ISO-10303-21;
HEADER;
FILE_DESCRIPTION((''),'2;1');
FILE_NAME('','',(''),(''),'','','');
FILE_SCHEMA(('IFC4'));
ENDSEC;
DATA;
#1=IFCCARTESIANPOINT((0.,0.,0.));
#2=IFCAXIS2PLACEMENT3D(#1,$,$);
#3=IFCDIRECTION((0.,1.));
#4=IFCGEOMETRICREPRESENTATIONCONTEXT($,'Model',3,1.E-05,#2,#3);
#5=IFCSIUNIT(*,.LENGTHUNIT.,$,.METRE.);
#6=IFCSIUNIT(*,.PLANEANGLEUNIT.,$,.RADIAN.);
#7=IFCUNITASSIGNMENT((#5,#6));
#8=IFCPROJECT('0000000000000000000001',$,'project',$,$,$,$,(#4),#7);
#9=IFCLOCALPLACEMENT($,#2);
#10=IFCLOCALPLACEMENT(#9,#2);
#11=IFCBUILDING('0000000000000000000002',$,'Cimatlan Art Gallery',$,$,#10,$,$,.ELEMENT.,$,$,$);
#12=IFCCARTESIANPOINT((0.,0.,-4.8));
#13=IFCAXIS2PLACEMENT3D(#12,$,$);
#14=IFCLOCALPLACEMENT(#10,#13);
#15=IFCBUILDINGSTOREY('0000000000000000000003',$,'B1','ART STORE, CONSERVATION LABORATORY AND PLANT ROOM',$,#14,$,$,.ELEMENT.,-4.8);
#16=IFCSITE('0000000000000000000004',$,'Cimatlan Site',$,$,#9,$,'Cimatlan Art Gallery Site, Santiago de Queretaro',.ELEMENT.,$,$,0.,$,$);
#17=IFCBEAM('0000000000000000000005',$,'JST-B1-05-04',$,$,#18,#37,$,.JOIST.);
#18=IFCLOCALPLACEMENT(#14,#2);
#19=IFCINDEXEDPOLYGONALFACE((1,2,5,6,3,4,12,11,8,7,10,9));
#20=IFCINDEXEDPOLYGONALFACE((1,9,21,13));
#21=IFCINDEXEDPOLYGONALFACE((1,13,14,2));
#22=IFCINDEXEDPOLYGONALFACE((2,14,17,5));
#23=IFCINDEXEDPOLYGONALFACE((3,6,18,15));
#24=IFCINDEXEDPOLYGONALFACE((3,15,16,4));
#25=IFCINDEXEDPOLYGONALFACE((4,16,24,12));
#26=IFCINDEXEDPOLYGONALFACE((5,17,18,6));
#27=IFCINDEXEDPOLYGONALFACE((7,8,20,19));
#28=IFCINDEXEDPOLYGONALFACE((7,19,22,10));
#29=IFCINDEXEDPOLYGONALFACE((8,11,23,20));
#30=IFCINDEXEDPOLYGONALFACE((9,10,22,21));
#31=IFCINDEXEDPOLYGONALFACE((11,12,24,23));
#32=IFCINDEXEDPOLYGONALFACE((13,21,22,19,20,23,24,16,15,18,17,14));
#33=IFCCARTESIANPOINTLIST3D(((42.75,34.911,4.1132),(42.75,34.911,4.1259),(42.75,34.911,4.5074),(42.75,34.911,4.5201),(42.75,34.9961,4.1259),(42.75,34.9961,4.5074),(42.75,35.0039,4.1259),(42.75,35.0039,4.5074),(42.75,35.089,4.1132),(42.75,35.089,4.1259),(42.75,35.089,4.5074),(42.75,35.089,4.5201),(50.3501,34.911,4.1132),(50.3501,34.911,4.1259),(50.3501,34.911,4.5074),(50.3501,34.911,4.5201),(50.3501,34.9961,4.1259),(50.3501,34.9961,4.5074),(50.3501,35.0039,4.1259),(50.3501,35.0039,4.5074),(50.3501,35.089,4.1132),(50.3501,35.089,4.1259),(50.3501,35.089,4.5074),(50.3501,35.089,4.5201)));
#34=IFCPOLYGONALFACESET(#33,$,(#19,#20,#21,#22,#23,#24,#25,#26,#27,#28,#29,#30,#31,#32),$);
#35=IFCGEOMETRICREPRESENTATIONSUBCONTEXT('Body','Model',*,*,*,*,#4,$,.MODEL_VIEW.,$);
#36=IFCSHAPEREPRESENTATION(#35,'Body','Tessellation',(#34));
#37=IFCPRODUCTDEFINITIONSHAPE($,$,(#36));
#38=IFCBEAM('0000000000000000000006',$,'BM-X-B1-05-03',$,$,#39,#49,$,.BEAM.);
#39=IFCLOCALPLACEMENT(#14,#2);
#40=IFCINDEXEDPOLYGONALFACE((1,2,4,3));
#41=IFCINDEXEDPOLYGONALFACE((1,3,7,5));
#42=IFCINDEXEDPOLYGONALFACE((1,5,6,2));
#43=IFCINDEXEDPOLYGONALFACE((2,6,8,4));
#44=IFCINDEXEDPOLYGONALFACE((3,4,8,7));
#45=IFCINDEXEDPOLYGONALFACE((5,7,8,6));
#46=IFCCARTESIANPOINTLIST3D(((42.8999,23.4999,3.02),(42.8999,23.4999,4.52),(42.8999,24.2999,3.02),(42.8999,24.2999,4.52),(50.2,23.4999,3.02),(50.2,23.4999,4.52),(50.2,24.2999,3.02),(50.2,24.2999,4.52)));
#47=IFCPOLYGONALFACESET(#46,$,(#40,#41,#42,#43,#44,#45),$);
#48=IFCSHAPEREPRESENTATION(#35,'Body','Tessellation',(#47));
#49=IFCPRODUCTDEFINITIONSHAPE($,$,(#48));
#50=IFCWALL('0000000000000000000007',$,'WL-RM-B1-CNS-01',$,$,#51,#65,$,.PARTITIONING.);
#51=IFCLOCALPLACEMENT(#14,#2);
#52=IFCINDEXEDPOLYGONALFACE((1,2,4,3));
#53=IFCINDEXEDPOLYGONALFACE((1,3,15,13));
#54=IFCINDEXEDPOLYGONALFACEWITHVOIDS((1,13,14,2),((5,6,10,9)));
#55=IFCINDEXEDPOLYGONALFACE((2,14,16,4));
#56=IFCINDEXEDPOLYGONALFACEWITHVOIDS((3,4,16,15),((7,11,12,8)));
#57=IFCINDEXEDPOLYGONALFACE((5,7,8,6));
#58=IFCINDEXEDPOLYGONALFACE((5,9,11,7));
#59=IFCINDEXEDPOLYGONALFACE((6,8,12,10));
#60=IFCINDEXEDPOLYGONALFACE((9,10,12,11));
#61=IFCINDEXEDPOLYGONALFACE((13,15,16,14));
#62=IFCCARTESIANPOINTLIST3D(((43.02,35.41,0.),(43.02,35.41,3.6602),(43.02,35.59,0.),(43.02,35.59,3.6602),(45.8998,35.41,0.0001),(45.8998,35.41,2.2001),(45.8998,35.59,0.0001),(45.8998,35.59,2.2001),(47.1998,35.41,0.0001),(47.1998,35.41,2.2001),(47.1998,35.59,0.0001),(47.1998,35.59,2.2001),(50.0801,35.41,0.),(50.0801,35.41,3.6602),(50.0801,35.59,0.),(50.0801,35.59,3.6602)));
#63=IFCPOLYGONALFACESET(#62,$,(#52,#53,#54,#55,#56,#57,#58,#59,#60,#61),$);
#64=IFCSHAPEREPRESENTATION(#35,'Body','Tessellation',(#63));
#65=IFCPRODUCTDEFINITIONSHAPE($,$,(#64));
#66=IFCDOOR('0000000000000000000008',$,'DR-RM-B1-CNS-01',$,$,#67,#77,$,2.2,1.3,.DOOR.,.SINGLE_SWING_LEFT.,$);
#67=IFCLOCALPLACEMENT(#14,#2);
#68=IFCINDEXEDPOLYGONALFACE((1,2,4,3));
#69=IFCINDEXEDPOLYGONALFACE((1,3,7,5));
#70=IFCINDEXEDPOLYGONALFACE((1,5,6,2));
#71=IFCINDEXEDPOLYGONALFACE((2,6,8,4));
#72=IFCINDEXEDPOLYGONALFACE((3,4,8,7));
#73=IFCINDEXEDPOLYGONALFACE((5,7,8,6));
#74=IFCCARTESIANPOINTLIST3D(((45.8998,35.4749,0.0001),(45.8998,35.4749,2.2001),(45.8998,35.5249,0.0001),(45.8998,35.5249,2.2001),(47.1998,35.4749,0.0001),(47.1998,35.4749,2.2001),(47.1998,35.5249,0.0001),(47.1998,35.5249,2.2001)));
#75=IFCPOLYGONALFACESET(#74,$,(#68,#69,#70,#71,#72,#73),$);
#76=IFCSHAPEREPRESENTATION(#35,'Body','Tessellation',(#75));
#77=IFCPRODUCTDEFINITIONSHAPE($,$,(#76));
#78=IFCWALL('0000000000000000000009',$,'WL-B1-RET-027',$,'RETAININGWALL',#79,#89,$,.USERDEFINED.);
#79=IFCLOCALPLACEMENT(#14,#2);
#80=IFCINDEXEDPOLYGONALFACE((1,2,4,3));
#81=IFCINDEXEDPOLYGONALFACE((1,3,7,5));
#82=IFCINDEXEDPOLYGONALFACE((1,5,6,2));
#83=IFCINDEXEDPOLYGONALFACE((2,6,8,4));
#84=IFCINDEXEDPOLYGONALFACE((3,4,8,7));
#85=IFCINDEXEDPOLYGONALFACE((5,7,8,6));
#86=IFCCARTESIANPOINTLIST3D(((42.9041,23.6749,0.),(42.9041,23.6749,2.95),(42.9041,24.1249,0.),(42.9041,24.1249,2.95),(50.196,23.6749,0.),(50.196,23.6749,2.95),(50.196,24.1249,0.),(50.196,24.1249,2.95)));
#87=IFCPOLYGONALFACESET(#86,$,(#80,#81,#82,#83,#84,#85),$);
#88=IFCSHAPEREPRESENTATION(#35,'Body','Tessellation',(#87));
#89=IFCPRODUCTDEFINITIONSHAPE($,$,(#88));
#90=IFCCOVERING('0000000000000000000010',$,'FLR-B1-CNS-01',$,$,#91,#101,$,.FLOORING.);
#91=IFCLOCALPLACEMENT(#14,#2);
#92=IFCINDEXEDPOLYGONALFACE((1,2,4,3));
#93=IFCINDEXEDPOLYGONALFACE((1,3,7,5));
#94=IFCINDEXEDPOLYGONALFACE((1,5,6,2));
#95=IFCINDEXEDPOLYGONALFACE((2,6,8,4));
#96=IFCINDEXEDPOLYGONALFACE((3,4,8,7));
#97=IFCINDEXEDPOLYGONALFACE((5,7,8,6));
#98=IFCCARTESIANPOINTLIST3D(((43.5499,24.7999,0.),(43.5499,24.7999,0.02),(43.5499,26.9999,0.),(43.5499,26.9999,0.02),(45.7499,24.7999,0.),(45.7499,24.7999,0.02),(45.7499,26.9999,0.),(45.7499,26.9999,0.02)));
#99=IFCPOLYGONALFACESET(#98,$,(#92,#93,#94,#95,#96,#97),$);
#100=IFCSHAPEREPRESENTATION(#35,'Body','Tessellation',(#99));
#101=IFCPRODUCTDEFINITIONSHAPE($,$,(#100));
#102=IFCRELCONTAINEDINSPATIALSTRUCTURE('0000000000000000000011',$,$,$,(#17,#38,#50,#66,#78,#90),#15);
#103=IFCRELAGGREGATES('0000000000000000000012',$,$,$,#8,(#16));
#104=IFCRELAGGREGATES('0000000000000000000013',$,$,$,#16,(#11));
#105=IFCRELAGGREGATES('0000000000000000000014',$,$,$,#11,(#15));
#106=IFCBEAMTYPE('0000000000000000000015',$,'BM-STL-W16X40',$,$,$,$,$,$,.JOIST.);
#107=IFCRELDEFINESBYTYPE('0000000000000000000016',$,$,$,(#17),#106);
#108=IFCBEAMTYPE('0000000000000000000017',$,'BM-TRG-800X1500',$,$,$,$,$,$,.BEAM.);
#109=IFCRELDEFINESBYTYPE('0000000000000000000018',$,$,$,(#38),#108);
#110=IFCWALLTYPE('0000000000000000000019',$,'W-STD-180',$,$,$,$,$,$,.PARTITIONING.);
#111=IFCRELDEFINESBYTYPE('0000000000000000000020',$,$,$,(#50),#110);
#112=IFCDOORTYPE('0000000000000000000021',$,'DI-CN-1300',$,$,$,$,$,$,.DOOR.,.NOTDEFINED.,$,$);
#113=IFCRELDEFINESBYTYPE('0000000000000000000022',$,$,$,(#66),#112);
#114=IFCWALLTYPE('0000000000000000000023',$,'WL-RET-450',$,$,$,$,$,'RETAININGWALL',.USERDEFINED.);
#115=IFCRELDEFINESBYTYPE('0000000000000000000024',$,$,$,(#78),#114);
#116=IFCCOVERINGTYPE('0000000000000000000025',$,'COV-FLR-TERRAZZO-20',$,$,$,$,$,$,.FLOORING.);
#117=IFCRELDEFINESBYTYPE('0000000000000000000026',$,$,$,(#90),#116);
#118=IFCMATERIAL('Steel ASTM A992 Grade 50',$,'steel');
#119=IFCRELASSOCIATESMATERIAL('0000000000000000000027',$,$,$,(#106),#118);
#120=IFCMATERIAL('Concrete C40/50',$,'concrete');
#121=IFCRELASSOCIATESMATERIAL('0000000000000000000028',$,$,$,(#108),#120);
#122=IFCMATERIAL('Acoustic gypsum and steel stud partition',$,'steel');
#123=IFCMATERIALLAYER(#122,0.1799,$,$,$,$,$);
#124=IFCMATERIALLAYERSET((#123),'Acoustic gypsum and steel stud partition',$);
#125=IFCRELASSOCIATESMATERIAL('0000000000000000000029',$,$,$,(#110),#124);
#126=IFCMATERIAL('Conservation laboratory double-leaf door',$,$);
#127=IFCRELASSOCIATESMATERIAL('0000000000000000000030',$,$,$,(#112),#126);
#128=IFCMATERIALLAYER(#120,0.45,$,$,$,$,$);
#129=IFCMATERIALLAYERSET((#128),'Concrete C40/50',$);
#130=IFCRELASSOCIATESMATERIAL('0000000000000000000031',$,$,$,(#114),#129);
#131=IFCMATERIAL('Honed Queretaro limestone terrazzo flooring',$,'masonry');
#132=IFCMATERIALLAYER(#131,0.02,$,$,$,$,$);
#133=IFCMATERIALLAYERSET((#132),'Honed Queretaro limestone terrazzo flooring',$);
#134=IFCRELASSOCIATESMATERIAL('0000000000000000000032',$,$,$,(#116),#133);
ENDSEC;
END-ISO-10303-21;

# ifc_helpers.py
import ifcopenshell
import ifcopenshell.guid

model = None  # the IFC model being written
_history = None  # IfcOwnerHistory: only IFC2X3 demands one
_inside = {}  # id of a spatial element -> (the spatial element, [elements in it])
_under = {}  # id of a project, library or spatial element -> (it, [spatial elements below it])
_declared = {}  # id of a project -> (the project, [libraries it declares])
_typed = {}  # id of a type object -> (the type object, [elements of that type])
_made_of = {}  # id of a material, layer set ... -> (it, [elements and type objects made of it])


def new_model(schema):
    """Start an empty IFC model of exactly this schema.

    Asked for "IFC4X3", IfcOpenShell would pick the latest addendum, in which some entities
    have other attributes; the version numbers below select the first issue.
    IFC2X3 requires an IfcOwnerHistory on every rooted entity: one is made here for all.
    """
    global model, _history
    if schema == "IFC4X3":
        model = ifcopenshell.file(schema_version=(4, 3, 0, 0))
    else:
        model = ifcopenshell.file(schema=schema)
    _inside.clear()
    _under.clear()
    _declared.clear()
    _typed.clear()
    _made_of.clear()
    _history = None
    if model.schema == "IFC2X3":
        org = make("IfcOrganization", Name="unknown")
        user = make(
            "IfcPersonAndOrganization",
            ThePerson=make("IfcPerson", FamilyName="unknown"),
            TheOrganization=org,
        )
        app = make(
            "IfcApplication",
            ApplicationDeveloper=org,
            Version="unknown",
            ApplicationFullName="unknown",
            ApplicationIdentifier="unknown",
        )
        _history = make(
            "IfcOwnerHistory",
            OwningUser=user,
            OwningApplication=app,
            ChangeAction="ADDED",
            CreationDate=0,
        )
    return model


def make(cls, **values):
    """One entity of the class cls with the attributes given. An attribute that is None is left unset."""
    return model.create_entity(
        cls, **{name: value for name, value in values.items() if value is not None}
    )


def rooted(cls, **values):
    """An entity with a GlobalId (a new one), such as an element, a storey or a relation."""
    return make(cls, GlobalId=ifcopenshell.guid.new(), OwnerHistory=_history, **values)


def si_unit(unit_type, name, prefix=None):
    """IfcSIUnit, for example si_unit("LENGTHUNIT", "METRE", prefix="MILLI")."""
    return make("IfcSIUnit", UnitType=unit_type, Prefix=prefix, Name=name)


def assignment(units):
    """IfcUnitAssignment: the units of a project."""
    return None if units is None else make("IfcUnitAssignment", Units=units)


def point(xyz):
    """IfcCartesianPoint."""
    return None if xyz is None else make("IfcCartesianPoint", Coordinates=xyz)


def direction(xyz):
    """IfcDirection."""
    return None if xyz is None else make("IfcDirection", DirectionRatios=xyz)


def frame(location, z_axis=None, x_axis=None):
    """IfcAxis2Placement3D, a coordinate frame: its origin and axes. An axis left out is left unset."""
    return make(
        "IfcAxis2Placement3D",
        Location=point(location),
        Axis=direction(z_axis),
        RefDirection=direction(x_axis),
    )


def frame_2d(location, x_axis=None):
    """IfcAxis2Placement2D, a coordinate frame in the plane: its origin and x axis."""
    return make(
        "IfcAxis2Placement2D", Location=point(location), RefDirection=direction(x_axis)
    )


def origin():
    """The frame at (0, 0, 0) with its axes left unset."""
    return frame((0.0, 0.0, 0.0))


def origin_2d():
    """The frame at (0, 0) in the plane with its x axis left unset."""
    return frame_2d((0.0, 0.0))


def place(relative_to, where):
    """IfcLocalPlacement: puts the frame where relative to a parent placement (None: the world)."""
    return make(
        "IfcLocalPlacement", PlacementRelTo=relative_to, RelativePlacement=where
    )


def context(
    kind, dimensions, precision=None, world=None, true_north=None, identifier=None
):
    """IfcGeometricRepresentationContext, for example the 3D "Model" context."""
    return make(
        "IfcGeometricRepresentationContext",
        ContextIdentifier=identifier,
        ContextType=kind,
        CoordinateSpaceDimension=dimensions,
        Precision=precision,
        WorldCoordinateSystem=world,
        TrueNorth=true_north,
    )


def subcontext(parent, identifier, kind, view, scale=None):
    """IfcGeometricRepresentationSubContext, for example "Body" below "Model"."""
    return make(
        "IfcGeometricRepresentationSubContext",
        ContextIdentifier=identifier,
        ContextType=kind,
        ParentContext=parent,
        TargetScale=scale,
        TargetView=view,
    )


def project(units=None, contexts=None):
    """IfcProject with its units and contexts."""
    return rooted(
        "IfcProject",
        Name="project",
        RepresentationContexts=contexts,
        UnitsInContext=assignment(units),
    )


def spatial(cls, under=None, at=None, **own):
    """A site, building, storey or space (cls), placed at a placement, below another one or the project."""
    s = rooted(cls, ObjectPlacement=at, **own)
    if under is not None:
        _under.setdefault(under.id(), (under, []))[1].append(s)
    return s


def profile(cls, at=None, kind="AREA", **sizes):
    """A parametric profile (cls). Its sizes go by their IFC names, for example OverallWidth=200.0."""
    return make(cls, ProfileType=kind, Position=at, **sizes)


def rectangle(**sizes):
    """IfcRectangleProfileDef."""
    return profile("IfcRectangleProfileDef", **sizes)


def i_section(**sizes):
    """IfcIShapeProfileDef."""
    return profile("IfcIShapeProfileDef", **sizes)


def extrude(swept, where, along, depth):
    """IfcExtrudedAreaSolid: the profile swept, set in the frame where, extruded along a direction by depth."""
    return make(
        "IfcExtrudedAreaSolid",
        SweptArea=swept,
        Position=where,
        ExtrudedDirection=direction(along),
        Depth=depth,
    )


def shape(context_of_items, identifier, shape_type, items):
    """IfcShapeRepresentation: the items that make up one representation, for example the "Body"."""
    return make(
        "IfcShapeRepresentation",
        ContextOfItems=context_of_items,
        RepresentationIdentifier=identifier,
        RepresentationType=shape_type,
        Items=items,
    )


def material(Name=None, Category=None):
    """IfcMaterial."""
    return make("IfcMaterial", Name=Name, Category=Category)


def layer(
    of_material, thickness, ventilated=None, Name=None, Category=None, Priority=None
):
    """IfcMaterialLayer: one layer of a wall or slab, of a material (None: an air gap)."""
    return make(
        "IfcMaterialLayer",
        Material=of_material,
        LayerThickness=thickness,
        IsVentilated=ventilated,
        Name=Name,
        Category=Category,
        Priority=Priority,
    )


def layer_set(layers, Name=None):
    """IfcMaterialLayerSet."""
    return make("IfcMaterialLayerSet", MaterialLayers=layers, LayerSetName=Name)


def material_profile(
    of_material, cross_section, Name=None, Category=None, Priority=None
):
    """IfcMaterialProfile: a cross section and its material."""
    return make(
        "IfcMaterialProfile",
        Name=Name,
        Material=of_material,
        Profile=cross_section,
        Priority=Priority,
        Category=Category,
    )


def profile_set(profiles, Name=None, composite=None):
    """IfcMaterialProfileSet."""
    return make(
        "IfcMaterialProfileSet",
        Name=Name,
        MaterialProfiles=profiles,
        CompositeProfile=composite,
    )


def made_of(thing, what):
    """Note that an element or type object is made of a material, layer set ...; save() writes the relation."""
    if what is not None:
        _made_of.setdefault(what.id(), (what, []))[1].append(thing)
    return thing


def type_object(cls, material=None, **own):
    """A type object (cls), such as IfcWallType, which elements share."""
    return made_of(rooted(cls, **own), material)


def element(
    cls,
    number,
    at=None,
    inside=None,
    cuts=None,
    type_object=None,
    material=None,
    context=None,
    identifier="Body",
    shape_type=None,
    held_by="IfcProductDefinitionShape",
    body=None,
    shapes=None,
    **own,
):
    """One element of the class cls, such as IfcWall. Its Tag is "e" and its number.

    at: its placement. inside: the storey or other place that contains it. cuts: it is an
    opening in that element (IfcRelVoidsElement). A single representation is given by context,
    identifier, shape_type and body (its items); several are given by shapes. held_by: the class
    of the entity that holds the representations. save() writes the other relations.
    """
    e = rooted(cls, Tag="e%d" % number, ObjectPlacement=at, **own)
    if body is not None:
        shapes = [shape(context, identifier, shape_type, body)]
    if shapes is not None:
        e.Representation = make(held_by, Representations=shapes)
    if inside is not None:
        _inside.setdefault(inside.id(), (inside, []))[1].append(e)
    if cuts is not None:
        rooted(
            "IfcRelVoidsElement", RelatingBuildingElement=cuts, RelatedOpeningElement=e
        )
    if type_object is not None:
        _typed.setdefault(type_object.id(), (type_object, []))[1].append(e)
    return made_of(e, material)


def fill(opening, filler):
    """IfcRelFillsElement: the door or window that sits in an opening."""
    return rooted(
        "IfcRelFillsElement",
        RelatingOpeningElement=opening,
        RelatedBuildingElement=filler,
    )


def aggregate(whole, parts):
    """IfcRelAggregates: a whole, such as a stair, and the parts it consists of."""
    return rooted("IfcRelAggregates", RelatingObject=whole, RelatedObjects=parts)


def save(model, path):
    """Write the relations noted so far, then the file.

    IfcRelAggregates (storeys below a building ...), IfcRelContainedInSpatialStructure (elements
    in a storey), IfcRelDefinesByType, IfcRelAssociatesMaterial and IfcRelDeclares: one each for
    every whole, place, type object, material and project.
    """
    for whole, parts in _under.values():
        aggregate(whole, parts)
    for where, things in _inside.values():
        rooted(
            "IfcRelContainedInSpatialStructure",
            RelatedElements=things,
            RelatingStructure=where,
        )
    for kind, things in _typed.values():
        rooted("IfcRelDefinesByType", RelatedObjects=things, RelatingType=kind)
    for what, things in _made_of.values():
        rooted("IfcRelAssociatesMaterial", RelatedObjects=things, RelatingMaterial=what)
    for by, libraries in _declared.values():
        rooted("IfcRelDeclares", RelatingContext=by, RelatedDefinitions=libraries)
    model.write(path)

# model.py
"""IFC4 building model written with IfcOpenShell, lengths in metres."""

from ifc_helpers import new_model, si_unit, direction, frame, frame_2d, origin, origin_2d, place, context, subcontext, project, spatial, rectangle, i_section, extrude, material, layer, layer_set, material_profile, profile_set, type_object, element, fill, save


model = new_model("IFC4")

# Units and contexts
model_context = context("Model", 3, precision=1e-05, world=origin(), true_north=direction((0.0, 1.0)))
body_context = subcontext(model_context, "Body", "Model", "MODEL_VIEW")
ifc_project = project(units=[si_unit("LENGTHUNIT", "METRE"), si_unit("PLANEANGLEUNIT", "RADIAN")], contexts=[model_context])

# Site, building, storey
site_placement = place(None, origin())
site = spatial("IfcSite", under=ifc_project, at=site_placement, Name="Cimatlan Site", LongName="Cimatlan Art Gallery Site, Santiago de Queretaro", CompositionType="ELEMENT", RefElevation=0.0)
building_placement = place(site_placement, origin())
building = spatial("IfcBuilding", under=site, at=building_placement, Name="Cimatlan Art Gallery", CompositionType="ELEMENT")
storey_placement = place(building_placement, frame((0.0, 0.0, -4.8)))
storey = spatial("IfcBuildingStorey", under=building, at=storey_placement, Name="B1", Description="ART STORE, CONSERVATION LABORATORY AND PLANT ROOM", CompositionType="ELEMENT", Elevation=-4.8)

# Shared definitions
ifc_material_1 = material(Name="Concrete C40/50", Category="concrete")

# Beams
ifc_material_2 = material(Name="Steel ASTM A992 Grade 50", Category="steel")
ifc_material_profile_1 = material_profile(ifc_material_2, i_section(OverallWidth=0.178, OverallDepth=0.407, WebThickness=0.0078, FlangeThickness=0.0127, at=origin_2d()), Name="W16X40")
ifc_profile_set_1 = profile_set([ifc_material_profile_1], Name="Steel ASTM A992 Grade 50")
beam_type_1 = type_object("IfcBeamType", Name="BM-STL-W16X40", PredefinedType="JOIST", material=ifc_profile_set_1)
for number, where, z_axis, x_axis, name in (
    (1, (42.75, 35.0, 4.3167), (1.0, 0.0, 0.0), (0.0, 1.0, 0.0), "JST-B1-05-04"),
):
    element("IfcBeam", number, at=place(storey_placement, frame(where, z_axis=z_axis, x_axis=x_axis)), inside=storey, type_object=beam_type_1, Name=name, PredefinedType="JOIST", context=body_context, shape_type="SweptSolid", body=[
        extrude(i_section(OverallWidth=0.178, OverallDepth=0.407, WebThickness=0.0078, FlangeThickness=0.0127, at=origin_2d()), origin(), (0.0, 0.0, 1.0), 7.6001),
    ])
ifc_material_profile_2 = material_profile(ifc_material_1, rectangle(XDim=0.8, YDim=1.5, at=origin_2d()), Name="RC800X1500")
ifc_profile_set_2 = profile_set([ifc_material_profile_2], Name="Concrete C40/50")
beam_type_2 = type_object("IfcBeamType", Name="BM-TRG-800X1500", PredefinedType="BEAM", material=ifc_profile_set_2)
beam_1_placement = place(storey_placement, frame((42.8999, 23.8999, 3.77), z_axis=(1.0, 0.0, 0.0), x_axis=(0.0, 1.0, 0.0)))
element("IfcBeam", 2, at=beam_1_placement, inside=storey, type_object=beam_type_2, Name="BM-X-B1-05-03", PredefinedType="BEAM", context=body_context, shape_type="SweptSolid", body=[
    extrude(rectangle(XDim=0.8, YDim=1.5, at=origin_2d()), origin(), (0.0, 0.0, 1.0), 7.3),
])

# Wall, opening, door
ifc_material_3 = material(Name="Acoustic gypsum and steel stud partition", Category="steel")
ifc_layer_1 = layer(ifc_material_3, 0.1799)
ifc_layer_set_1 = layer_set([ifc_layer_1], Name="Acoustic gypsum and steel stud partition")
wall_type_1 = type_object("IfcWallType", Name="W-STD-180", PredefinedType="PARTITIONING", material=ifc_layer_set_1)
wall_1_placement = place(storey_placement, frame((43.02, 35.5, 0.0), z_axis=(0.0, 0.0, 1.0), x_axis=(1.0, 0.0, 0.0)))
wall_1 = element("IfcWall", 3, at=wall_1_placement, inside=storey, type_object=wall_type_1, Name="WL-RM-B1-CNS-01", PredefinedType="PARTITIONING", context=body_context, shape_type="SweptSolid", body=[
    extrude(rectangle(XDim=7.0601, YDim=0.1799, at=frame_2d((3.53, 0.0))), origin(), (0.0, 0.0, 1.0), 3.6602),
])
opening_placement = place(wall_1_placement, frame((2.8799, 0.0, 0.0)))
opening = element("IfcOpeningElement", 4, at=opening_placement, cuts=wall_1, PredefinedType="OPENING", context=body_context, shape_type="SweptSolid", body=[
    extrude(rectangle(XDim=1.3, YDim=2.2, at=frame_2d((0.6499, 1.1001))), frame((0.0, 0.1001, 0.0), z_axis=(0.0, -1.0, 0.0), x_axis=(1.0, 0.0, 0.0)), (0.0, 0.0, 1.0), 0.2),
])
ifc_material_4 = material(Name="Conservation laboratory double-leaf door")
door_type = type_object("IfcDoorType", Name="DI-CN-1300", OperationType="NOTDEFINED", PredefinedType="DOOR", material=ifc_material_4)
door_placement = place(opening_placement, origin())
door = element("IfcDoor", 5, at=door_placement, inside=storey, type_object=door_type, Name="DR-RM-B1-CNS-01", OperationType="SINGLE_SWING_LEFT", OverallHeight=2.2, OverallWidth=1.3, PredefinedType="DOOR", context=body_context, shape_type="SweptSolid", body=[
    extrude(rectangle(XDim=1.3, YDim=2.2, at=frame_2d((0.6499, 1.1001))), frame((0.0, 0.0249, 0.0), z_axis=(0.0, -1.0, 0.0), x_axis=(1.0, 0.0, 0.0)), (0.0, 0.0, 1.0), 0.05),
])
fill(opening, door)

# Wall
ifc_layer_2 = layer(ifc_material_1, 0.45)
ifc_layer_set_2 = layer_set([ifc_layer_2], Name="Concrete C40/50")
wall_type_2 = type_object("IfcWallType", Name="WL-RET-450", ElementType="RETAININGWALL", PredefinedType="USERDEFINED", material=ifc_layer_set_2)
wall_2_placement = place(storey_placement, frame((50.196, 23.8999, 0.0), z_axis=(0.0, 0.0, 1.0), x_axis=(-1.0, 0.0, 0.0)))
element("IfcWall", 6, at=wall_2_placement, inside=storey, type_object=wall_type_2, Name="WL-B1-RET-027", ObjectType="RETAININGWALL", PredefinedType="USERDEFINED", context=body_context, shape_type="SweptSolid", body=[
    extrude(rectangle(XDim=7.292, YDim=0.45, at=frame_2d((3.646, 0.0))), origin(), (0.0, 0.0, 1.0), 2.95),
])

# Covering
ifc_material_5 = material(Name="Honed Queretaro limestone terrazzo flooring", Category="masonry")
ifc_layer_3 = layer(ifc_material_5, 0.02)
ifc_layer_set_3 = layer_set([ifc_layer_3], Name="Honed Queretaro limestone terrazzo flooring")
covering_type = type_object("IfcCoveringType", Name="COV-FLR-TERRAZZO-20", PredefinedType="FLOORING", material=ifc_layer_set_3)
covering_placement = place(storey_placement, frame((44.6499, 25.8999, 0.0), z_axis=(0.0, 0.0, 1.0), x_axis=(1.0, 0.0, 0.0)))
element("IfcCovering", 7, at=covering_placement, inside=storey, type_object=covering_type, Name="FLR-B1-CNS-01", PredefinedType="FLOORING", context=body_context, shape_type="SweptSolid", body=[
    extrude(rectangle(XDim=2.2, YDim=2.2, at=origin_2d()), origin(), (0.0, 0.0, 1.0), 0.02),
])

save(model, "model.ifc")
